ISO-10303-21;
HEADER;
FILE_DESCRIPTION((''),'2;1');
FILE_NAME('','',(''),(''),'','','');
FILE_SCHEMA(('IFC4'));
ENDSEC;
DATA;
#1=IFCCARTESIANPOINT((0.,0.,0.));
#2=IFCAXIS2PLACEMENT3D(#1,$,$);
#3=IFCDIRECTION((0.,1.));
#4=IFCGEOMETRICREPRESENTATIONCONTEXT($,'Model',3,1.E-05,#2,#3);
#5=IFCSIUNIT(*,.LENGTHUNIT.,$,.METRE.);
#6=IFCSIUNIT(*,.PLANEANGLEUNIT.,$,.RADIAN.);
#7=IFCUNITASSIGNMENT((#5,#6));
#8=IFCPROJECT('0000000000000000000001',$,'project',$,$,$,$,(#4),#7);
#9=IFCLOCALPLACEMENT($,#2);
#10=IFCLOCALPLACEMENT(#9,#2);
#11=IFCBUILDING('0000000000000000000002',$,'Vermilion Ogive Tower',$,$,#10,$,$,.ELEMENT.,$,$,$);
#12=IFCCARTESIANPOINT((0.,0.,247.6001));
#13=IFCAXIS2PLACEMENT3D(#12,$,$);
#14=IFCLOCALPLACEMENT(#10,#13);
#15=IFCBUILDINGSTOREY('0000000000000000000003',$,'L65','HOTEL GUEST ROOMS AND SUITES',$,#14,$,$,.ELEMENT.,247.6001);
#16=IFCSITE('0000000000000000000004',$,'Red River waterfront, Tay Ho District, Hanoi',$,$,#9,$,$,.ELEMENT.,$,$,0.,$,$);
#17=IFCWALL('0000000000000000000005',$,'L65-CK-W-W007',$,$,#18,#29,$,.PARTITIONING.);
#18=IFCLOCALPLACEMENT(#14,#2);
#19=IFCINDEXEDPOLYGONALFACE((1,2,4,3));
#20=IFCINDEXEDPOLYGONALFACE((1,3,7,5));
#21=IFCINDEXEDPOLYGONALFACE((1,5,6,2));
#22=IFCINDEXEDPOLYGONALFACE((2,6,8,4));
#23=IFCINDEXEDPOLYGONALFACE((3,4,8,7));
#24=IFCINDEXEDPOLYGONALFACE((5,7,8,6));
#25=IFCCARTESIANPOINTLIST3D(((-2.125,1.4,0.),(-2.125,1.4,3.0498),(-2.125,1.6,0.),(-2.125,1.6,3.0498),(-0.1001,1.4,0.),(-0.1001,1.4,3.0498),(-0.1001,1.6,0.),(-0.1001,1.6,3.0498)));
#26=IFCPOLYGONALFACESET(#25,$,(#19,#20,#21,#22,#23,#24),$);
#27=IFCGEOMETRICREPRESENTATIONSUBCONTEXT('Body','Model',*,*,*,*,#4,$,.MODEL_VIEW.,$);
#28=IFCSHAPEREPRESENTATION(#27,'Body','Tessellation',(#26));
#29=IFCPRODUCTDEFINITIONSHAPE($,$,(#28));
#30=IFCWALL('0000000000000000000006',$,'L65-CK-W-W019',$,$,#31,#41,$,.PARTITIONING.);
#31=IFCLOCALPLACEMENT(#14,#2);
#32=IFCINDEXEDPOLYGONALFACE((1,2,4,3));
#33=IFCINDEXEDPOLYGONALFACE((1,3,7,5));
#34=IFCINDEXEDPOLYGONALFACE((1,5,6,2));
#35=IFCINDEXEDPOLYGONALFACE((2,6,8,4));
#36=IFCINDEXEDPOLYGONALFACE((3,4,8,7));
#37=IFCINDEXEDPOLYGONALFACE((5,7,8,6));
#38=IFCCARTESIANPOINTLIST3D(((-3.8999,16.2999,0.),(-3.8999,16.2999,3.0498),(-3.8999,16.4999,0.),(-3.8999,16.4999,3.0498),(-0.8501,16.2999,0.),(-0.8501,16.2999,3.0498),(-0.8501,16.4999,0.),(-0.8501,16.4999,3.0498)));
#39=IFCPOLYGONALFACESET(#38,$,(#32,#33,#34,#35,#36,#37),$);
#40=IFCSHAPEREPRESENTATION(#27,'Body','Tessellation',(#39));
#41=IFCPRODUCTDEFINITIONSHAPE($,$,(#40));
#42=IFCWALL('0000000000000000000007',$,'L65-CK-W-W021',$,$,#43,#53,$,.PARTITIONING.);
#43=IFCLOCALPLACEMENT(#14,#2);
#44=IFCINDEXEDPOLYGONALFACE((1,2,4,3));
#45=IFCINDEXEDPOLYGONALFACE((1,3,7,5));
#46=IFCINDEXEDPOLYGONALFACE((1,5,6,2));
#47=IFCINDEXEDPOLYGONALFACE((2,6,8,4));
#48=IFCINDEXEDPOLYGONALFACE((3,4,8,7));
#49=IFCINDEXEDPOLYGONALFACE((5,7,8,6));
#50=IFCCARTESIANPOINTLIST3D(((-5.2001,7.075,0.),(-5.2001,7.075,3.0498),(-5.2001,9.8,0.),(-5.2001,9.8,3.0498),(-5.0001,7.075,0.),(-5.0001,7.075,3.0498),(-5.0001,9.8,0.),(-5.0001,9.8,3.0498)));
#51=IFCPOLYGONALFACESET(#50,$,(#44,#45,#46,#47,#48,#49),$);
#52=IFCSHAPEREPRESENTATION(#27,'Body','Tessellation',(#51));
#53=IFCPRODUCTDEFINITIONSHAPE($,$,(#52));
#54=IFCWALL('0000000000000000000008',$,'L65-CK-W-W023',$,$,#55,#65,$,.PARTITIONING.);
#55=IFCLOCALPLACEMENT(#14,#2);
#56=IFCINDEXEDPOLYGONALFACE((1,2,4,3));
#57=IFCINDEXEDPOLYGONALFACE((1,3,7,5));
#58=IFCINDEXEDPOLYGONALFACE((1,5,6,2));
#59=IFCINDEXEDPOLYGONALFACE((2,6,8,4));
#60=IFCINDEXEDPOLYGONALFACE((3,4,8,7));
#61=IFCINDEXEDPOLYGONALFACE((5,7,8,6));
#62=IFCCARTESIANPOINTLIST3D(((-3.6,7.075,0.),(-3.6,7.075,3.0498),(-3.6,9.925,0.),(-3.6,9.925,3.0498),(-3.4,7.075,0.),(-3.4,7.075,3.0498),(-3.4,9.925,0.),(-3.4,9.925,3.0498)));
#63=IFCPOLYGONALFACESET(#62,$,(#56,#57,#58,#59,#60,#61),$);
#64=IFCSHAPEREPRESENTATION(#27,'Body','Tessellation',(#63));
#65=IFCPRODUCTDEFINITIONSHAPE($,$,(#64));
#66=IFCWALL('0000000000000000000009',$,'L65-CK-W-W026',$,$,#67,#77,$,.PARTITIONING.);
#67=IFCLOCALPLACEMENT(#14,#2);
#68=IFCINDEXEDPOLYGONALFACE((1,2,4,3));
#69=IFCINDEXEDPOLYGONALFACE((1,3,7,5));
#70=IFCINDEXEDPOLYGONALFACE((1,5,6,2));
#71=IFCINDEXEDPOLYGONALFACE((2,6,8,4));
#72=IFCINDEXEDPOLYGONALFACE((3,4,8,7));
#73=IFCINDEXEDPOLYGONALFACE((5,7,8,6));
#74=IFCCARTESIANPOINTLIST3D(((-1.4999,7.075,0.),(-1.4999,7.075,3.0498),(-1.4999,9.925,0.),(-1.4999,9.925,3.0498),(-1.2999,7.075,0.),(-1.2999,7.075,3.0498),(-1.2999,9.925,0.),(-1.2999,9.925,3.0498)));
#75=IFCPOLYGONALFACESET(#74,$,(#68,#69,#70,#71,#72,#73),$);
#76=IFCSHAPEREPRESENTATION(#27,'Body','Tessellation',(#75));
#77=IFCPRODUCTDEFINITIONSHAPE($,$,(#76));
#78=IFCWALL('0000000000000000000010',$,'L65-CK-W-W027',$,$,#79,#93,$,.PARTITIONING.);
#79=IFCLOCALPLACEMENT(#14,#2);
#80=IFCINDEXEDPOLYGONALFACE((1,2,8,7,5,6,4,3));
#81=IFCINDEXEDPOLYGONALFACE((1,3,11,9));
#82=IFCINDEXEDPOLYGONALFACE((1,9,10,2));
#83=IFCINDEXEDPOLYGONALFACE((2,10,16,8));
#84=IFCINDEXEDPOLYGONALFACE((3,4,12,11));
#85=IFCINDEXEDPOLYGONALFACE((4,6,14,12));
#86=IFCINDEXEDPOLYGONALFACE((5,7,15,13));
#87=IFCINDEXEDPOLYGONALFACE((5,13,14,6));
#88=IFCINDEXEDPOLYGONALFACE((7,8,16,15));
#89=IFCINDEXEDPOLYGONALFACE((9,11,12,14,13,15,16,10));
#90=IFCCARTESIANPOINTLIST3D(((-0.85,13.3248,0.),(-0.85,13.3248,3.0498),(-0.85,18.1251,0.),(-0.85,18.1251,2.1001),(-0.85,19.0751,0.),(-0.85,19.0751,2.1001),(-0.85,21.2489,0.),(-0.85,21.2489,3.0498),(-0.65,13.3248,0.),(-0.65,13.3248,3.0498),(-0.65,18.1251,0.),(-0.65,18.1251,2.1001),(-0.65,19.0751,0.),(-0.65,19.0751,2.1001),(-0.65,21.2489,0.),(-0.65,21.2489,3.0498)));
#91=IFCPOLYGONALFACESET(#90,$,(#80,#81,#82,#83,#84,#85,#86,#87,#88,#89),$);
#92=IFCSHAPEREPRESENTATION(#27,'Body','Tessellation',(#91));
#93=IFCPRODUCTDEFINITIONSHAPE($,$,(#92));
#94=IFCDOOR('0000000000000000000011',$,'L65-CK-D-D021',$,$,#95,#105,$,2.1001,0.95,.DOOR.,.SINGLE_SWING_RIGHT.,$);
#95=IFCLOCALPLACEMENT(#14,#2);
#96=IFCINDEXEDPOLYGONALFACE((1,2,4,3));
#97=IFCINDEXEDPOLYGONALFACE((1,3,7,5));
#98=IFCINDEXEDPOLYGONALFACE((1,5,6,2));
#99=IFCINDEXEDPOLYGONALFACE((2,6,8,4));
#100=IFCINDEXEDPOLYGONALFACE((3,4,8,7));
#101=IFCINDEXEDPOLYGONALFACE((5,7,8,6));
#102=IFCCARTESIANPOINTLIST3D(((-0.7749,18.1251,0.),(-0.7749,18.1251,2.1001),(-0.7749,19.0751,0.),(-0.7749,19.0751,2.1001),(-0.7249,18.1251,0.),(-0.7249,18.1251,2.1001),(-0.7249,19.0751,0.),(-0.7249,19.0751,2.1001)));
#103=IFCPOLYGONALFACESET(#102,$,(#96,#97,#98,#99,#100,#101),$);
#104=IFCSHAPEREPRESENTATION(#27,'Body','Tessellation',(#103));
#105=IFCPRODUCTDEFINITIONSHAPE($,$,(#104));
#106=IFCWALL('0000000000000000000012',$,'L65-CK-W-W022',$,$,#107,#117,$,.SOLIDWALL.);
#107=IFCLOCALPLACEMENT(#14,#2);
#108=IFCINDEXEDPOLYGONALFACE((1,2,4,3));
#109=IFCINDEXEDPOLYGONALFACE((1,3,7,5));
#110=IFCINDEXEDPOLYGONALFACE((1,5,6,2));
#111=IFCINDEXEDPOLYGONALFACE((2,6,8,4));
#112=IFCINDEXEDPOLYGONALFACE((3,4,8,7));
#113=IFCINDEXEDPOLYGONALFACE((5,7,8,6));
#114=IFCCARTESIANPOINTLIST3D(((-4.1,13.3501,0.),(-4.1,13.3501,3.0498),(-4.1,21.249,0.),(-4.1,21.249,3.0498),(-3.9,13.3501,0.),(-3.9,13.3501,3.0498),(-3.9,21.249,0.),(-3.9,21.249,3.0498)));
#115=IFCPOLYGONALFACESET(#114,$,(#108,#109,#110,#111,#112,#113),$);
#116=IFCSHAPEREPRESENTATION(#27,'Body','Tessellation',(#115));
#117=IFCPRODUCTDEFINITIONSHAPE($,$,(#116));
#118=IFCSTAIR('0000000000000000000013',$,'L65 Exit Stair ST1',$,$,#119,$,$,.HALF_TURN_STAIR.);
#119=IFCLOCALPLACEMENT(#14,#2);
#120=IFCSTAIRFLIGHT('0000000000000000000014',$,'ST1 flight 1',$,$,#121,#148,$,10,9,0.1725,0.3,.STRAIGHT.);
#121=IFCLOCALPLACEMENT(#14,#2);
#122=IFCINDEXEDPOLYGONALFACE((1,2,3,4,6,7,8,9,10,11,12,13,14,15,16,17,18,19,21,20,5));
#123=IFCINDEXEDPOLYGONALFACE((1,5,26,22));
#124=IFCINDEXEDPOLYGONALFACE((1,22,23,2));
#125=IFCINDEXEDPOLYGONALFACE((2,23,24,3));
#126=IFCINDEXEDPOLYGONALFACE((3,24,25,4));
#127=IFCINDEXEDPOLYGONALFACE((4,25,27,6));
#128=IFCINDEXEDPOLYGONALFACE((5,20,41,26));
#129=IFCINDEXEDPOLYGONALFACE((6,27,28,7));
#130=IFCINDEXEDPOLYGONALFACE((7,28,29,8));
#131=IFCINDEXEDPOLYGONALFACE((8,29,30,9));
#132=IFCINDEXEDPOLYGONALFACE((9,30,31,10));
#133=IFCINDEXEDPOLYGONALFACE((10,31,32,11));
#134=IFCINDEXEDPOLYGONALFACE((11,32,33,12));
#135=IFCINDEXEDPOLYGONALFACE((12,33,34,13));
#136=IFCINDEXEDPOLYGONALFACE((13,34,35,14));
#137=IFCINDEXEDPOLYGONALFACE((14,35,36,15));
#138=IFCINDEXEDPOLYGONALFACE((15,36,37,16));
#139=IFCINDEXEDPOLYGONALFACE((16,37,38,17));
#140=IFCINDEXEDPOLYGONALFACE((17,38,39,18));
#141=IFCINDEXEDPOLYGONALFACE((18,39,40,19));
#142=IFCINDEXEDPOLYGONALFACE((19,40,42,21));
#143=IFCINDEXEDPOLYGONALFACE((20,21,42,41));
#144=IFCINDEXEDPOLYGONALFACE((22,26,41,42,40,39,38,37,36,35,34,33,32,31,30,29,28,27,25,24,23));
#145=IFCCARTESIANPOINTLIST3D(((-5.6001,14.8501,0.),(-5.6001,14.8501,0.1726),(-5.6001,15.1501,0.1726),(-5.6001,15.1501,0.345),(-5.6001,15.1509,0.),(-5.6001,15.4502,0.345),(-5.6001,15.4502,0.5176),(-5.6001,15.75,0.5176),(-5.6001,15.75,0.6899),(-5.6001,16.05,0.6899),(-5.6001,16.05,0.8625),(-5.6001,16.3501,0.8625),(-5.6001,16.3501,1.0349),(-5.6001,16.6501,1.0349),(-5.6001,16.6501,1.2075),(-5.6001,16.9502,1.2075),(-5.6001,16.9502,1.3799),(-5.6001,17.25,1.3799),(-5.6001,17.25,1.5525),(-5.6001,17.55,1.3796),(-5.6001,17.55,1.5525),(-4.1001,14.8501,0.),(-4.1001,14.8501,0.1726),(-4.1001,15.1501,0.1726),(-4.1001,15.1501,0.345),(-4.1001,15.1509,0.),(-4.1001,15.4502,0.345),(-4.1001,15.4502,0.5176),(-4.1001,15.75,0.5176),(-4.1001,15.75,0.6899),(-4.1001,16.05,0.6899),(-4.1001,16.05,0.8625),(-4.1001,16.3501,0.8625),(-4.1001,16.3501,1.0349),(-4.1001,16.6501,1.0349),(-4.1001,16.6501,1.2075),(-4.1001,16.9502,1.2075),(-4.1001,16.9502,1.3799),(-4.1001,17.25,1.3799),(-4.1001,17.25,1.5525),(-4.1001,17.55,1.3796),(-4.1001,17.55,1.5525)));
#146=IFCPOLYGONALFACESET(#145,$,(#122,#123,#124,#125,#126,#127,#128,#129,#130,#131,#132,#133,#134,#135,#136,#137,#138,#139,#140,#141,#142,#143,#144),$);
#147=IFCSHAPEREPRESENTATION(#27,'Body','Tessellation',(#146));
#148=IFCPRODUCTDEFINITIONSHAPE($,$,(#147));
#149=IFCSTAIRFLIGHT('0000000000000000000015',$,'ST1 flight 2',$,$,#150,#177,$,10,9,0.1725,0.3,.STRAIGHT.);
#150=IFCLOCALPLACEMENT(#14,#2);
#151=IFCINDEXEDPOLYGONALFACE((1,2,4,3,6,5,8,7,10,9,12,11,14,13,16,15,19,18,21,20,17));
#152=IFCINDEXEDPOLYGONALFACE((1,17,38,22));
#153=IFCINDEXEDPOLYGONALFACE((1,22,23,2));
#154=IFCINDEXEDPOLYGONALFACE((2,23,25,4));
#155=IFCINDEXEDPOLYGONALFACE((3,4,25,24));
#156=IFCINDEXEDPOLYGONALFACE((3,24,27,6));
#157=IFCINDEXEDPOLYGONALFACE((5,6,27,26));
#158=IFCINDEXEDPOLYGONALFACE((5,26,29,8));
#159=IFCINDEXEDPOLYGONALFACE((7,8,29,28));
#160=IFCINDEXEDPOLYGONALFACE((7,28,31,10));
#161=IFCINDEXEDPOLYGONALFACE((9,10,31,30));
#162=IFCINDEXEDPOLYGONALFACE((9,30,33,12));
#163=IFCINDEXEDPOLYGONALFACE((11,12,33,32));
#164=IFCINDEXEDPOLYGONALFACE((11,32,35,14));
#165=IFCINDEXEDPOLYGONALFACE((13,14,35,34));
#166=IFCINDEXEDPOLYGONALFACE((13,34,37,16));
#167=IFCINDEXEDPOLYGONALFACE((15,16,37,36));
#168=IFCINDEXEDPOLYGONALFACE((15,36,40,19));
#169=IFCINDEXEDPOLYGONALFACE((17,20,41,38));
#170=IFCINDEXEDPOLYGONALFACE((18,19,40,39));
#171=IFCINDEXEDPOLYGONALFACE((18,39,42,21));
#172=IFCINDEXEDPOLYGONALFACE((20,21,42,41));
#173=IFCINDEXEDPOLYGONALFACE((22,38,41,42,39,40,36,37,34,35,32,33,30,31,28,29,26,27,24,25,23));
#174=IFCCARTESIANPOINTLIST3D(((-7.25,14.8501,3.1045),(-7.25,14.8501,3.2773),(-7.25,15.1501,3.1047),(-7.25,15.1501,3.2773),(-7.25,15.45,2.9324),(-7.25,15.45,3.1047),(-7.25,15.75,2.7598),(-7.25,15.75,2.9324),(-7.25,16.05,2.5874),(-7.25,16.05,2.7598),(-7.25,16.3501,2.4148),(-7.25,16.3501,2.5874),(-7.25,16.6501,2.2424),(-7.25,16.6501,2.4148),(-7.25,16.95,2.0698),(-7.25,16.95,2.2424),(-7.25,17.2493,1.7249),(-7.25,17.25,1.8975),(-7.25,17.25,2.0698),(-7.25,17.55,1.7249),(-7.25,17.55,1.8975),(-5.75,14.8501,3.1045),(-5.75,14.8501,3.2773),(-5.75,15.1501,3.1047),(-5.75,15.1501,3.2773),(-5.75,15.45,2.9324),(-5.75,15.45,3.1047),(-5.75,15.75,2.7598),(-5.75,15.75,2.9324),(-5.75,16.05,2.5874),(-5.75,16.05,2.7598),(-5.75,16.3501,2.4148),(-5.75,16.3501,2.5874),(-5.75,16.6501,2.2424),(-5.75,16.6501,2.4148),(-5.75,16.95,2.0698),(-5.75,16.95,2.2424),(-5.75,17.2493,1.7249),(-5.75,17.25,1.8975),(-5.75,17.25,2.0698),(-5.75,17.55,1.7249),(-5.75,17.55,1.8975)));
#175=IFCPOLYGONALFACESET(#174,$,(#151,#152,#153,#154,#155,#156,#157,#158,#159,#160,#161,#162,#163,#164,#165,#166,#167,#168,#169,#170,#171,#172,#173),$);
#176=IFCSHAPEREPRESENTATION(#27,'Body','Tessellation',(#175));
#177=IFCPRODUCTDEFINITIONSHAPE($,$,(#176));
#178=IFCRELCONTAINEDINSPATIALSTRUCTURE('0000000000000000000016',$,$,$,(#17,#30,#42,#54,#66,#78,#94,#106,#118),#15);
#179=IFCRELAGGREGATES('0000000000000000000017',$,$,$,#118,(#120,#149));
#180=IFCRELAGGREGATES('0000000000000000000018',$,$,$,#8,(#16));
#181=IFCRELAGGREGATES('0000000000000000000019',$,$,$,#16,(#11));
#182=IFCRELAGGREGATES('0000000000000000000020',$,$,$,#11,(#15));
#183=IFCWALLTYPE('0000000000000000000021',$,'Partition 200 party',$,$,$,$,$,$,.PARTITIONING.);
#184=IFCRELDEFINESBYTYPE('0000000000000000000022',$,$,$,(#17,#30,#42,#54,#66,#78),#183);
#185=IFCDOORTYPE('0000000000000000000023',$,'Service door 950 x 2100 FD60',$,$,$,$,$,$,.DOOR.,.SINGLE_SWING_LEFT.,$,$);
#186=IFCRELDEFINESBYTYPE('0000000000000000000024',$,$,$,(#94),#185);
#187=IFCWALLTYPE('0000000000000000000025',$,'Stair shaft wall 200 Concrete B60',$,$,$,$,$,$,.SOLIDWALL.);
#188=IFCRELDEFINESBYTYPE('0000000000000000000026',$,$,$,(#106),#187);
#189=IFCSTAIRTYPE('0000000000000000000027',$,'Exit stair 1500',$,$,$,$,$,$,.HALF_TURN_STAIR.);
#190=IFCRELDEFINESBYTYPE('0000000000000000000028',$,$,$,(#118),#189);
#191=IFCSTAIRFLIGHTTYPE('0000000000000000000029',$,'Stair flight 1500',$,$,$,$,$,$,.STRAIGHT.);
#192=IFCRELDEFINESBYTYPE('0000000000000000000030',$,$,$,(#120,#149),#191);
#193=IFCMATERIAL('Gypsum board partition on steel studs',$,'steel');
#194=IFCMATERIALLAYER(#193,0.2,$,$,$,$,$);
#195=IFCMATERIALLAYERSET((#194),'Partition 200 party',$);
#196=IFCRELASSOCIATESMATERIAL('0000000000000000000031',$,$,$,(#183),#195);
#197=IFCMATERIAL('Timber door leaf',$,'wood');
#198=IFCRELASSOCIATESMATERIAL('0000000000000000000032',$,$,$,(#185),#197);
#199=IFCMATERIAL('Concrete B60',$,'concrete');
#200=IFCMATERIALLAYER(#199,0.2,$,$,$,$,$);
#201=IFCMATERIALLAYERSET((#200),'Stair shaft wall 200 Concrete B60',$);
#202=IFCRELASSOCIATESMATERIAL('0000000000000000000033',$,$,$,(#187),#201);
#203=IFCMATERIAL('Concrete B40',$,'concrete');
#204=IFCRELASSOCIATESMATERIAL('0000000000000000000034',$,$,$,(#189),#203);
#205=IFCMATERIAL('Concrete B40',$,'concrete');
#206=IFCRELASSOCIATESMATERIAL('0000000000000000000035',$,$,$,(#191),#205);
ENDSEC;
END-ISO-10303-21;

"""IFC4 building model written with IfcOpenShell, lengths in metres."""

from ifc_helpers import new_model, si_unit, direction, frame, frame_2d, origin, place, context, subcontext, project, spatial, polyline, rectangle, outline, extrude, material, layer, layer_set, type_object, element, fill, aggregate, save


model = new_model("IFC4")

# Units and contexts
model_context = context("Model", 3, precision=1e-05, world=origin(), true_north=direction((0.0, 1.0)))
body_context = subcontext(model_context, "Body", "Model", "MODEL_VIEW")
ifc_project = project(units=[si_unit("LENGTHUNIT", "METRE"), si_unit("PLANEANGLEUNIT", "RADIAN")], contexts=[model_context])

# Site, building, storey
site_placement = place(None, origin())
site = spatial("IfcSite", under=ifc_project, at=site_placement, Name="Red River waterfront, Tay Ho District, Hanoi", CompositionType="ELEMENT", RefElevation=0.0)
building_placement = place(site_placement, origin())
building = spatial("IfcBuilding", under=site, at=building_placement, Name="Vermilion Ogive Tower", CompositionType="ELEMENT")
storey_placement = place(building_placement, frame((0.0, 0.0, 247.6001)))
storey = spatial("IfcBuildingStorey", under=building, at=storey_placement, Name="L65", Description="HOTEL GUEST ROOMS AND SUITES", CompositionType="ELEMENT", Elevation=247.6001)

# Walls
ifc_material_1 = material(Name="Gypsum board partition on steel studs", Category="steel")
ifc_layer_1 = layer(ifc_material_1, 0.2)
ifc_layer_set_1 = layer_set([ifc_layer_1], Name="Partition 200 party")
wall_type_1 = type_object("IfcWallType", Name="Partition 200 party", PredefinedType="PARTITIONING", material=ifc_layer_set_1)
wall_1_placement = place(storey_placement, frame((-2.125, 1.5, 0.0), z_axis=(0.0, 0.0, 1.0), x_axis=(1.0, 0.0, 0.0)))
element("IfcWall", 1, at=wall_1_placement, inside=storey, type_object=wall_type_1, Name="L65-CK-W-W007", PredefinedType="PARTITIONING", context=body_context, shape_type="SweptSolid", body=[
    extrude(rectangle(XDim=2.0249, YDim=0.2, at=frame_2d((1.0125, 0.0))), origin(), (0.0, 0.0, 1.0), 3.0498),
])
wall_2_placement = place(storey_placement, frame((-3.8999, 16.3999, 0.0), z_axis=(0.0, 0.0, 1.0), x_axis=(1.0, 0.0, 0.0)))
element("IfcWall", 2, at=wall_2_placement, inside=storey, type_object=wall_type_1, Name="L65-CK-W-W019", PredefinedType="PARTITIONING", context=body_context, shape_type="SweptSolid", body=[
    extrude(rectangle(XDim=3.0498, YDim=0.2, at=frame_2d((1.5249, 0.0))), origin(), (0.0, 0.0, 1.0), 3.0498),
])
wall_3_placement = place(storey_placement, frame((-5.1001, 7.075, 0.0), z_axis=(0.0, 0.0, 1.0), x_axis=(0.0, 1.0, 0.0)))
element("IfcWall", 3, at=wall_3_placement, inside=storey, type_object=wall_type_1, Name="L65-CK-W-W021", PredefinedType="PARTITIONING", context=body_context, shape_type="SweptSolid", body=[
    extrude(rectangle(XDim=2.7251, YDim=0.2, at=frame_2d((1.3625, 0.0))), origin(), (0.0, 0.0, 1.0), 3.0498),
])
for number, where, z_axis, x_axis, name in (
    (4, (-3.5, 7.075, 0.0), (0.0, 0.0, 1.0), (0.0, 1.0, 0.0), "L65-CK-W-W023"),
    (5, (-1.3999, 7.075, 0.0), (0.0, 0.0, 1.0), (0.0, 1.0, 0.0), "L65-CK-W-W026"),
):
    element("IfcWall", number, at=place(storey_placement, frame(where, z_axis=z_axis, x_axis=x_axis)), inside=storey, type_object=wall_type_1, Name=name, PredefinedType="PARTITIONING", context=body_context, shape_type="SweptSolid", body=[
        extrude(rectangle(XDim=2.8501, YDim=0.2, at=frame_2d((1.425, 0.0))), origin(), (0.0, 0.0, 1.0), 3.0498),
    ])

# Wall, opening, door
wall_4_placement = place(storey_placement, frame((-0.75, 13.325, 0.0), z_axis=(0.0, 0.0, 1.0), x_axis=(0.0, 1.0, 0.0)))
wall_4 = element("IfcWall", 6, at=wall_4_placement, inside=storey, type_object=wall_type_1, Name="L65-CK-W-W027", PredefinedType="PARTITIONING", context=body_context, shape_type="SweptSolid", body=[
    extrude(rectangle(XDim=7.9241, YDim=0.2, at=frame_2d((3.9619, 0.0))), origin(), (0.0, 0.0, 1.0), 3.0498),
])
opening_1_placement = place(wall_4_placement, frame((4.8, 0.0, 0.0)))
opening_1 = element("IfcOpeningElement", 7, at=opening_1_placement, cuts=wall_4, PredefinedType="OPENING", context=body_context, shape_type="SweptSolid", body=[
    extrude(rectangle(XDim=0.95, YDim=2.1001, at=frame_2d((0.4751, 1.05))), frame((0.0, 0.1099, 0.0), z_axis=(0.0, -1.0, 0.0), x_axis=(1.0, 0.0, 0.0)), (0.0, 0.0, 1.0), 0.22),
])
ifc_material_2 = material(Name="Timber door leaf", Category="wood")
door_type_1 = type_object("IfcDoorType", Name="Service door 950 x 2100 FD60", OperationType="SINGLE_SWING_LEFT", PredefinedType="DOOR", material=ifc_material_2)
door_1_placement = place(opening_1_placement, origin())
door_1 = element("IfcDoor", 8, at=door_1_placement, inside=storey, type_object=door_type_1, Name="L65-CK-D-D021", OperationType="SINGLE_SWING_RIGHT", OverallHeight=2.1001, OverallWidth=0.95, PredefinedType="DOOR", context=body_context, shape_type="SweptSolid", body=[
    extrude(rectangle(XDim=0.95, YDim=2.1001, at=frame_2d((0.4751, 1.05))), frame((0.0, 0.0249, 0.0), z_axis=(0.0, -1.0, 0.0), x_axis=(1.0, 0.0, 0.0)), (0.0, 0.0, 1.0), 0.05),
])
fill(opening_1, door_1)

# Wall
ifc_material_3 = material(Name="Concrete B60", Category="concrete")
ifc_layer_2 = layer(ifc_material_3, 0.2)
ifc_layer_set_2 = layer_set([ifc_layer_2], Name="Stair shaft wall 200 Concrete B60")
wall_type_2 = type_object("IfcWallType", Name="Stair shaft wall 200 Concrete B60", PredefinedType="SOLIDWALL", material=ifc_layer_set_2)
wall_5_placement = place(storey_placement, frame((-4.0, 13.3501, 0.0), z_axis=(0.0, 0.0, 1.0), x_axis=(0.0, 1.0, 0.0)))
element("IfcWall", 9, at=wall_5_placement, inside=storey, type_object=wall_type_2, Name="L65-CK-W-W022", PredefinedType="SOLIDWALL", context=body_context, shape_type="SweptSolid", body=[
    extrude(rectangle(XDim=7.8989, YDim=0.2, at=frame_2d((3.9495, 0.0))), origin(), (0.0, 0.0, 1.0), 3.0498),
])

# Stair, stair flights
ifc_material_4 = material(Name="Concrete B40", Category="concrete")
stair_type = type_object("IfcStairType", Name="Exit stair 1500", PredefinedType="HALF_TURN_STAIR", material=ifc_material_4)
stair_placement = place(storey_placement, origin())
stair = element("IfcStair", 10, at=stair_placement, inside=storey, type_object=stair_type, Name="L65 Exit Stair ST1", PredefinedType="HALF_TURN_STAIR")
ifc_material_5 = material(Name="Concrete B40", Category="concrete")
stair_flight_type = type_object("IfcStairFlightType", Name="Stair flight 1500", PredefinedType="STRAIGHT", material=ifc_material_5)
stair_flight_1_placement = place(storey_placement, frame((-4.8501, 14.8501, 0.0), z_axis=(0.0, 0.0, 1.0), x_axis=(0.0, 1.0, 0.0)))
stair_flight_1 = element("IfcStairFlight", 11, at=stair_flight_1_placement, type_object=stair_flight_type, Name="ST1 flight 1", NumberOfRisers=10, NumberOfTreads=9, PredefinedType="STRAIGHT", RiserHeight=0.1725, TreadLength=0.3, context=body_context, shape_type="SweptSolid", body=[
    extrude(outline(polyline([(0.0, 0.0), (0.0, 0.1726), (0.3, 0.1726), (0.3, 0.345), (0.6001, 0.345), (0.6001, 0.5176), (0.8999, 0.5176), (0.8999, 0.6899), (1.2, 0.6899), (1.2, 0.8625), (1.5, 0.8625), (1.5, 1.0349), (1.8, 1.0349), (1.8, 1.2075), (2.1001, 1.2075), (2.1001, 1.3799), (2.3999, 1.3799), (2.3999, 1.5525), (2.7, 1.5525), (2.7, 1.7251), (2.7, 1.3796), (0.3008, 0.0), (0.0, 0.0)])), frame((0.0, 0.75, 0.0), z_axis=(0.0, -1.0, 0.0), x_axis=(1.0, 0.0, 0.0)), (0.0, 0.0, 1.0), 1.5),
])
stair_flight_2_placement = place(storey_placement, frame((-6.5, 17.55, 1.7249), z_axis=(0.0, 0.0, 1.0), x_axis=(0.0, -1.0, 0.0)))
stair_flight_2 = element("IfcStairFlight", 12, at=stair_flight_2_placement, type_object=stair_flight_type, Name="ST1 flight 2", NumberOfRisers=10, NumberOfTreads=9, PredefinedType="STRAIGHT", RiserHeight=0.1725, TreadLength=0.3, context=body_context, shape_type="SweptSolid", body=[
    extrude(outline(polyline([(0.0, 0.0), (0.0, 0.1726), (0.3, 0.1726), (0.3, 0.345), (0.6001, 0.345), (0.6001, 0.5176), (0.8999, 0.5176), (0.8999, 0.6899), (1.2, 0.6899), (1.2, 0.8625), (1.5, 0.8625), (1.5, 1.0349), (1.8, 1.0349), (1.8, 1.2075), (2.1001, 1.2075), (2.1001, 1.3799), (2.3999, 1.3799), (2.3999, 1.5525), (2.7, 1.5525), (2.7, 1.7251), (2.7, 1.3796), (0.3008, 0.0), (0.0, 0.0)])), frame((0.0, 0.75, 0.0), z_axis=(0.0, -1.0, 0.0), x_axis=(1.0, 0.0, 0.0)), (0.0, 0.0, 1.0), 1.5),
])
aggregate(stair, [stair_flight_1, stair_flight_2])

save(model, "model.ifc")
